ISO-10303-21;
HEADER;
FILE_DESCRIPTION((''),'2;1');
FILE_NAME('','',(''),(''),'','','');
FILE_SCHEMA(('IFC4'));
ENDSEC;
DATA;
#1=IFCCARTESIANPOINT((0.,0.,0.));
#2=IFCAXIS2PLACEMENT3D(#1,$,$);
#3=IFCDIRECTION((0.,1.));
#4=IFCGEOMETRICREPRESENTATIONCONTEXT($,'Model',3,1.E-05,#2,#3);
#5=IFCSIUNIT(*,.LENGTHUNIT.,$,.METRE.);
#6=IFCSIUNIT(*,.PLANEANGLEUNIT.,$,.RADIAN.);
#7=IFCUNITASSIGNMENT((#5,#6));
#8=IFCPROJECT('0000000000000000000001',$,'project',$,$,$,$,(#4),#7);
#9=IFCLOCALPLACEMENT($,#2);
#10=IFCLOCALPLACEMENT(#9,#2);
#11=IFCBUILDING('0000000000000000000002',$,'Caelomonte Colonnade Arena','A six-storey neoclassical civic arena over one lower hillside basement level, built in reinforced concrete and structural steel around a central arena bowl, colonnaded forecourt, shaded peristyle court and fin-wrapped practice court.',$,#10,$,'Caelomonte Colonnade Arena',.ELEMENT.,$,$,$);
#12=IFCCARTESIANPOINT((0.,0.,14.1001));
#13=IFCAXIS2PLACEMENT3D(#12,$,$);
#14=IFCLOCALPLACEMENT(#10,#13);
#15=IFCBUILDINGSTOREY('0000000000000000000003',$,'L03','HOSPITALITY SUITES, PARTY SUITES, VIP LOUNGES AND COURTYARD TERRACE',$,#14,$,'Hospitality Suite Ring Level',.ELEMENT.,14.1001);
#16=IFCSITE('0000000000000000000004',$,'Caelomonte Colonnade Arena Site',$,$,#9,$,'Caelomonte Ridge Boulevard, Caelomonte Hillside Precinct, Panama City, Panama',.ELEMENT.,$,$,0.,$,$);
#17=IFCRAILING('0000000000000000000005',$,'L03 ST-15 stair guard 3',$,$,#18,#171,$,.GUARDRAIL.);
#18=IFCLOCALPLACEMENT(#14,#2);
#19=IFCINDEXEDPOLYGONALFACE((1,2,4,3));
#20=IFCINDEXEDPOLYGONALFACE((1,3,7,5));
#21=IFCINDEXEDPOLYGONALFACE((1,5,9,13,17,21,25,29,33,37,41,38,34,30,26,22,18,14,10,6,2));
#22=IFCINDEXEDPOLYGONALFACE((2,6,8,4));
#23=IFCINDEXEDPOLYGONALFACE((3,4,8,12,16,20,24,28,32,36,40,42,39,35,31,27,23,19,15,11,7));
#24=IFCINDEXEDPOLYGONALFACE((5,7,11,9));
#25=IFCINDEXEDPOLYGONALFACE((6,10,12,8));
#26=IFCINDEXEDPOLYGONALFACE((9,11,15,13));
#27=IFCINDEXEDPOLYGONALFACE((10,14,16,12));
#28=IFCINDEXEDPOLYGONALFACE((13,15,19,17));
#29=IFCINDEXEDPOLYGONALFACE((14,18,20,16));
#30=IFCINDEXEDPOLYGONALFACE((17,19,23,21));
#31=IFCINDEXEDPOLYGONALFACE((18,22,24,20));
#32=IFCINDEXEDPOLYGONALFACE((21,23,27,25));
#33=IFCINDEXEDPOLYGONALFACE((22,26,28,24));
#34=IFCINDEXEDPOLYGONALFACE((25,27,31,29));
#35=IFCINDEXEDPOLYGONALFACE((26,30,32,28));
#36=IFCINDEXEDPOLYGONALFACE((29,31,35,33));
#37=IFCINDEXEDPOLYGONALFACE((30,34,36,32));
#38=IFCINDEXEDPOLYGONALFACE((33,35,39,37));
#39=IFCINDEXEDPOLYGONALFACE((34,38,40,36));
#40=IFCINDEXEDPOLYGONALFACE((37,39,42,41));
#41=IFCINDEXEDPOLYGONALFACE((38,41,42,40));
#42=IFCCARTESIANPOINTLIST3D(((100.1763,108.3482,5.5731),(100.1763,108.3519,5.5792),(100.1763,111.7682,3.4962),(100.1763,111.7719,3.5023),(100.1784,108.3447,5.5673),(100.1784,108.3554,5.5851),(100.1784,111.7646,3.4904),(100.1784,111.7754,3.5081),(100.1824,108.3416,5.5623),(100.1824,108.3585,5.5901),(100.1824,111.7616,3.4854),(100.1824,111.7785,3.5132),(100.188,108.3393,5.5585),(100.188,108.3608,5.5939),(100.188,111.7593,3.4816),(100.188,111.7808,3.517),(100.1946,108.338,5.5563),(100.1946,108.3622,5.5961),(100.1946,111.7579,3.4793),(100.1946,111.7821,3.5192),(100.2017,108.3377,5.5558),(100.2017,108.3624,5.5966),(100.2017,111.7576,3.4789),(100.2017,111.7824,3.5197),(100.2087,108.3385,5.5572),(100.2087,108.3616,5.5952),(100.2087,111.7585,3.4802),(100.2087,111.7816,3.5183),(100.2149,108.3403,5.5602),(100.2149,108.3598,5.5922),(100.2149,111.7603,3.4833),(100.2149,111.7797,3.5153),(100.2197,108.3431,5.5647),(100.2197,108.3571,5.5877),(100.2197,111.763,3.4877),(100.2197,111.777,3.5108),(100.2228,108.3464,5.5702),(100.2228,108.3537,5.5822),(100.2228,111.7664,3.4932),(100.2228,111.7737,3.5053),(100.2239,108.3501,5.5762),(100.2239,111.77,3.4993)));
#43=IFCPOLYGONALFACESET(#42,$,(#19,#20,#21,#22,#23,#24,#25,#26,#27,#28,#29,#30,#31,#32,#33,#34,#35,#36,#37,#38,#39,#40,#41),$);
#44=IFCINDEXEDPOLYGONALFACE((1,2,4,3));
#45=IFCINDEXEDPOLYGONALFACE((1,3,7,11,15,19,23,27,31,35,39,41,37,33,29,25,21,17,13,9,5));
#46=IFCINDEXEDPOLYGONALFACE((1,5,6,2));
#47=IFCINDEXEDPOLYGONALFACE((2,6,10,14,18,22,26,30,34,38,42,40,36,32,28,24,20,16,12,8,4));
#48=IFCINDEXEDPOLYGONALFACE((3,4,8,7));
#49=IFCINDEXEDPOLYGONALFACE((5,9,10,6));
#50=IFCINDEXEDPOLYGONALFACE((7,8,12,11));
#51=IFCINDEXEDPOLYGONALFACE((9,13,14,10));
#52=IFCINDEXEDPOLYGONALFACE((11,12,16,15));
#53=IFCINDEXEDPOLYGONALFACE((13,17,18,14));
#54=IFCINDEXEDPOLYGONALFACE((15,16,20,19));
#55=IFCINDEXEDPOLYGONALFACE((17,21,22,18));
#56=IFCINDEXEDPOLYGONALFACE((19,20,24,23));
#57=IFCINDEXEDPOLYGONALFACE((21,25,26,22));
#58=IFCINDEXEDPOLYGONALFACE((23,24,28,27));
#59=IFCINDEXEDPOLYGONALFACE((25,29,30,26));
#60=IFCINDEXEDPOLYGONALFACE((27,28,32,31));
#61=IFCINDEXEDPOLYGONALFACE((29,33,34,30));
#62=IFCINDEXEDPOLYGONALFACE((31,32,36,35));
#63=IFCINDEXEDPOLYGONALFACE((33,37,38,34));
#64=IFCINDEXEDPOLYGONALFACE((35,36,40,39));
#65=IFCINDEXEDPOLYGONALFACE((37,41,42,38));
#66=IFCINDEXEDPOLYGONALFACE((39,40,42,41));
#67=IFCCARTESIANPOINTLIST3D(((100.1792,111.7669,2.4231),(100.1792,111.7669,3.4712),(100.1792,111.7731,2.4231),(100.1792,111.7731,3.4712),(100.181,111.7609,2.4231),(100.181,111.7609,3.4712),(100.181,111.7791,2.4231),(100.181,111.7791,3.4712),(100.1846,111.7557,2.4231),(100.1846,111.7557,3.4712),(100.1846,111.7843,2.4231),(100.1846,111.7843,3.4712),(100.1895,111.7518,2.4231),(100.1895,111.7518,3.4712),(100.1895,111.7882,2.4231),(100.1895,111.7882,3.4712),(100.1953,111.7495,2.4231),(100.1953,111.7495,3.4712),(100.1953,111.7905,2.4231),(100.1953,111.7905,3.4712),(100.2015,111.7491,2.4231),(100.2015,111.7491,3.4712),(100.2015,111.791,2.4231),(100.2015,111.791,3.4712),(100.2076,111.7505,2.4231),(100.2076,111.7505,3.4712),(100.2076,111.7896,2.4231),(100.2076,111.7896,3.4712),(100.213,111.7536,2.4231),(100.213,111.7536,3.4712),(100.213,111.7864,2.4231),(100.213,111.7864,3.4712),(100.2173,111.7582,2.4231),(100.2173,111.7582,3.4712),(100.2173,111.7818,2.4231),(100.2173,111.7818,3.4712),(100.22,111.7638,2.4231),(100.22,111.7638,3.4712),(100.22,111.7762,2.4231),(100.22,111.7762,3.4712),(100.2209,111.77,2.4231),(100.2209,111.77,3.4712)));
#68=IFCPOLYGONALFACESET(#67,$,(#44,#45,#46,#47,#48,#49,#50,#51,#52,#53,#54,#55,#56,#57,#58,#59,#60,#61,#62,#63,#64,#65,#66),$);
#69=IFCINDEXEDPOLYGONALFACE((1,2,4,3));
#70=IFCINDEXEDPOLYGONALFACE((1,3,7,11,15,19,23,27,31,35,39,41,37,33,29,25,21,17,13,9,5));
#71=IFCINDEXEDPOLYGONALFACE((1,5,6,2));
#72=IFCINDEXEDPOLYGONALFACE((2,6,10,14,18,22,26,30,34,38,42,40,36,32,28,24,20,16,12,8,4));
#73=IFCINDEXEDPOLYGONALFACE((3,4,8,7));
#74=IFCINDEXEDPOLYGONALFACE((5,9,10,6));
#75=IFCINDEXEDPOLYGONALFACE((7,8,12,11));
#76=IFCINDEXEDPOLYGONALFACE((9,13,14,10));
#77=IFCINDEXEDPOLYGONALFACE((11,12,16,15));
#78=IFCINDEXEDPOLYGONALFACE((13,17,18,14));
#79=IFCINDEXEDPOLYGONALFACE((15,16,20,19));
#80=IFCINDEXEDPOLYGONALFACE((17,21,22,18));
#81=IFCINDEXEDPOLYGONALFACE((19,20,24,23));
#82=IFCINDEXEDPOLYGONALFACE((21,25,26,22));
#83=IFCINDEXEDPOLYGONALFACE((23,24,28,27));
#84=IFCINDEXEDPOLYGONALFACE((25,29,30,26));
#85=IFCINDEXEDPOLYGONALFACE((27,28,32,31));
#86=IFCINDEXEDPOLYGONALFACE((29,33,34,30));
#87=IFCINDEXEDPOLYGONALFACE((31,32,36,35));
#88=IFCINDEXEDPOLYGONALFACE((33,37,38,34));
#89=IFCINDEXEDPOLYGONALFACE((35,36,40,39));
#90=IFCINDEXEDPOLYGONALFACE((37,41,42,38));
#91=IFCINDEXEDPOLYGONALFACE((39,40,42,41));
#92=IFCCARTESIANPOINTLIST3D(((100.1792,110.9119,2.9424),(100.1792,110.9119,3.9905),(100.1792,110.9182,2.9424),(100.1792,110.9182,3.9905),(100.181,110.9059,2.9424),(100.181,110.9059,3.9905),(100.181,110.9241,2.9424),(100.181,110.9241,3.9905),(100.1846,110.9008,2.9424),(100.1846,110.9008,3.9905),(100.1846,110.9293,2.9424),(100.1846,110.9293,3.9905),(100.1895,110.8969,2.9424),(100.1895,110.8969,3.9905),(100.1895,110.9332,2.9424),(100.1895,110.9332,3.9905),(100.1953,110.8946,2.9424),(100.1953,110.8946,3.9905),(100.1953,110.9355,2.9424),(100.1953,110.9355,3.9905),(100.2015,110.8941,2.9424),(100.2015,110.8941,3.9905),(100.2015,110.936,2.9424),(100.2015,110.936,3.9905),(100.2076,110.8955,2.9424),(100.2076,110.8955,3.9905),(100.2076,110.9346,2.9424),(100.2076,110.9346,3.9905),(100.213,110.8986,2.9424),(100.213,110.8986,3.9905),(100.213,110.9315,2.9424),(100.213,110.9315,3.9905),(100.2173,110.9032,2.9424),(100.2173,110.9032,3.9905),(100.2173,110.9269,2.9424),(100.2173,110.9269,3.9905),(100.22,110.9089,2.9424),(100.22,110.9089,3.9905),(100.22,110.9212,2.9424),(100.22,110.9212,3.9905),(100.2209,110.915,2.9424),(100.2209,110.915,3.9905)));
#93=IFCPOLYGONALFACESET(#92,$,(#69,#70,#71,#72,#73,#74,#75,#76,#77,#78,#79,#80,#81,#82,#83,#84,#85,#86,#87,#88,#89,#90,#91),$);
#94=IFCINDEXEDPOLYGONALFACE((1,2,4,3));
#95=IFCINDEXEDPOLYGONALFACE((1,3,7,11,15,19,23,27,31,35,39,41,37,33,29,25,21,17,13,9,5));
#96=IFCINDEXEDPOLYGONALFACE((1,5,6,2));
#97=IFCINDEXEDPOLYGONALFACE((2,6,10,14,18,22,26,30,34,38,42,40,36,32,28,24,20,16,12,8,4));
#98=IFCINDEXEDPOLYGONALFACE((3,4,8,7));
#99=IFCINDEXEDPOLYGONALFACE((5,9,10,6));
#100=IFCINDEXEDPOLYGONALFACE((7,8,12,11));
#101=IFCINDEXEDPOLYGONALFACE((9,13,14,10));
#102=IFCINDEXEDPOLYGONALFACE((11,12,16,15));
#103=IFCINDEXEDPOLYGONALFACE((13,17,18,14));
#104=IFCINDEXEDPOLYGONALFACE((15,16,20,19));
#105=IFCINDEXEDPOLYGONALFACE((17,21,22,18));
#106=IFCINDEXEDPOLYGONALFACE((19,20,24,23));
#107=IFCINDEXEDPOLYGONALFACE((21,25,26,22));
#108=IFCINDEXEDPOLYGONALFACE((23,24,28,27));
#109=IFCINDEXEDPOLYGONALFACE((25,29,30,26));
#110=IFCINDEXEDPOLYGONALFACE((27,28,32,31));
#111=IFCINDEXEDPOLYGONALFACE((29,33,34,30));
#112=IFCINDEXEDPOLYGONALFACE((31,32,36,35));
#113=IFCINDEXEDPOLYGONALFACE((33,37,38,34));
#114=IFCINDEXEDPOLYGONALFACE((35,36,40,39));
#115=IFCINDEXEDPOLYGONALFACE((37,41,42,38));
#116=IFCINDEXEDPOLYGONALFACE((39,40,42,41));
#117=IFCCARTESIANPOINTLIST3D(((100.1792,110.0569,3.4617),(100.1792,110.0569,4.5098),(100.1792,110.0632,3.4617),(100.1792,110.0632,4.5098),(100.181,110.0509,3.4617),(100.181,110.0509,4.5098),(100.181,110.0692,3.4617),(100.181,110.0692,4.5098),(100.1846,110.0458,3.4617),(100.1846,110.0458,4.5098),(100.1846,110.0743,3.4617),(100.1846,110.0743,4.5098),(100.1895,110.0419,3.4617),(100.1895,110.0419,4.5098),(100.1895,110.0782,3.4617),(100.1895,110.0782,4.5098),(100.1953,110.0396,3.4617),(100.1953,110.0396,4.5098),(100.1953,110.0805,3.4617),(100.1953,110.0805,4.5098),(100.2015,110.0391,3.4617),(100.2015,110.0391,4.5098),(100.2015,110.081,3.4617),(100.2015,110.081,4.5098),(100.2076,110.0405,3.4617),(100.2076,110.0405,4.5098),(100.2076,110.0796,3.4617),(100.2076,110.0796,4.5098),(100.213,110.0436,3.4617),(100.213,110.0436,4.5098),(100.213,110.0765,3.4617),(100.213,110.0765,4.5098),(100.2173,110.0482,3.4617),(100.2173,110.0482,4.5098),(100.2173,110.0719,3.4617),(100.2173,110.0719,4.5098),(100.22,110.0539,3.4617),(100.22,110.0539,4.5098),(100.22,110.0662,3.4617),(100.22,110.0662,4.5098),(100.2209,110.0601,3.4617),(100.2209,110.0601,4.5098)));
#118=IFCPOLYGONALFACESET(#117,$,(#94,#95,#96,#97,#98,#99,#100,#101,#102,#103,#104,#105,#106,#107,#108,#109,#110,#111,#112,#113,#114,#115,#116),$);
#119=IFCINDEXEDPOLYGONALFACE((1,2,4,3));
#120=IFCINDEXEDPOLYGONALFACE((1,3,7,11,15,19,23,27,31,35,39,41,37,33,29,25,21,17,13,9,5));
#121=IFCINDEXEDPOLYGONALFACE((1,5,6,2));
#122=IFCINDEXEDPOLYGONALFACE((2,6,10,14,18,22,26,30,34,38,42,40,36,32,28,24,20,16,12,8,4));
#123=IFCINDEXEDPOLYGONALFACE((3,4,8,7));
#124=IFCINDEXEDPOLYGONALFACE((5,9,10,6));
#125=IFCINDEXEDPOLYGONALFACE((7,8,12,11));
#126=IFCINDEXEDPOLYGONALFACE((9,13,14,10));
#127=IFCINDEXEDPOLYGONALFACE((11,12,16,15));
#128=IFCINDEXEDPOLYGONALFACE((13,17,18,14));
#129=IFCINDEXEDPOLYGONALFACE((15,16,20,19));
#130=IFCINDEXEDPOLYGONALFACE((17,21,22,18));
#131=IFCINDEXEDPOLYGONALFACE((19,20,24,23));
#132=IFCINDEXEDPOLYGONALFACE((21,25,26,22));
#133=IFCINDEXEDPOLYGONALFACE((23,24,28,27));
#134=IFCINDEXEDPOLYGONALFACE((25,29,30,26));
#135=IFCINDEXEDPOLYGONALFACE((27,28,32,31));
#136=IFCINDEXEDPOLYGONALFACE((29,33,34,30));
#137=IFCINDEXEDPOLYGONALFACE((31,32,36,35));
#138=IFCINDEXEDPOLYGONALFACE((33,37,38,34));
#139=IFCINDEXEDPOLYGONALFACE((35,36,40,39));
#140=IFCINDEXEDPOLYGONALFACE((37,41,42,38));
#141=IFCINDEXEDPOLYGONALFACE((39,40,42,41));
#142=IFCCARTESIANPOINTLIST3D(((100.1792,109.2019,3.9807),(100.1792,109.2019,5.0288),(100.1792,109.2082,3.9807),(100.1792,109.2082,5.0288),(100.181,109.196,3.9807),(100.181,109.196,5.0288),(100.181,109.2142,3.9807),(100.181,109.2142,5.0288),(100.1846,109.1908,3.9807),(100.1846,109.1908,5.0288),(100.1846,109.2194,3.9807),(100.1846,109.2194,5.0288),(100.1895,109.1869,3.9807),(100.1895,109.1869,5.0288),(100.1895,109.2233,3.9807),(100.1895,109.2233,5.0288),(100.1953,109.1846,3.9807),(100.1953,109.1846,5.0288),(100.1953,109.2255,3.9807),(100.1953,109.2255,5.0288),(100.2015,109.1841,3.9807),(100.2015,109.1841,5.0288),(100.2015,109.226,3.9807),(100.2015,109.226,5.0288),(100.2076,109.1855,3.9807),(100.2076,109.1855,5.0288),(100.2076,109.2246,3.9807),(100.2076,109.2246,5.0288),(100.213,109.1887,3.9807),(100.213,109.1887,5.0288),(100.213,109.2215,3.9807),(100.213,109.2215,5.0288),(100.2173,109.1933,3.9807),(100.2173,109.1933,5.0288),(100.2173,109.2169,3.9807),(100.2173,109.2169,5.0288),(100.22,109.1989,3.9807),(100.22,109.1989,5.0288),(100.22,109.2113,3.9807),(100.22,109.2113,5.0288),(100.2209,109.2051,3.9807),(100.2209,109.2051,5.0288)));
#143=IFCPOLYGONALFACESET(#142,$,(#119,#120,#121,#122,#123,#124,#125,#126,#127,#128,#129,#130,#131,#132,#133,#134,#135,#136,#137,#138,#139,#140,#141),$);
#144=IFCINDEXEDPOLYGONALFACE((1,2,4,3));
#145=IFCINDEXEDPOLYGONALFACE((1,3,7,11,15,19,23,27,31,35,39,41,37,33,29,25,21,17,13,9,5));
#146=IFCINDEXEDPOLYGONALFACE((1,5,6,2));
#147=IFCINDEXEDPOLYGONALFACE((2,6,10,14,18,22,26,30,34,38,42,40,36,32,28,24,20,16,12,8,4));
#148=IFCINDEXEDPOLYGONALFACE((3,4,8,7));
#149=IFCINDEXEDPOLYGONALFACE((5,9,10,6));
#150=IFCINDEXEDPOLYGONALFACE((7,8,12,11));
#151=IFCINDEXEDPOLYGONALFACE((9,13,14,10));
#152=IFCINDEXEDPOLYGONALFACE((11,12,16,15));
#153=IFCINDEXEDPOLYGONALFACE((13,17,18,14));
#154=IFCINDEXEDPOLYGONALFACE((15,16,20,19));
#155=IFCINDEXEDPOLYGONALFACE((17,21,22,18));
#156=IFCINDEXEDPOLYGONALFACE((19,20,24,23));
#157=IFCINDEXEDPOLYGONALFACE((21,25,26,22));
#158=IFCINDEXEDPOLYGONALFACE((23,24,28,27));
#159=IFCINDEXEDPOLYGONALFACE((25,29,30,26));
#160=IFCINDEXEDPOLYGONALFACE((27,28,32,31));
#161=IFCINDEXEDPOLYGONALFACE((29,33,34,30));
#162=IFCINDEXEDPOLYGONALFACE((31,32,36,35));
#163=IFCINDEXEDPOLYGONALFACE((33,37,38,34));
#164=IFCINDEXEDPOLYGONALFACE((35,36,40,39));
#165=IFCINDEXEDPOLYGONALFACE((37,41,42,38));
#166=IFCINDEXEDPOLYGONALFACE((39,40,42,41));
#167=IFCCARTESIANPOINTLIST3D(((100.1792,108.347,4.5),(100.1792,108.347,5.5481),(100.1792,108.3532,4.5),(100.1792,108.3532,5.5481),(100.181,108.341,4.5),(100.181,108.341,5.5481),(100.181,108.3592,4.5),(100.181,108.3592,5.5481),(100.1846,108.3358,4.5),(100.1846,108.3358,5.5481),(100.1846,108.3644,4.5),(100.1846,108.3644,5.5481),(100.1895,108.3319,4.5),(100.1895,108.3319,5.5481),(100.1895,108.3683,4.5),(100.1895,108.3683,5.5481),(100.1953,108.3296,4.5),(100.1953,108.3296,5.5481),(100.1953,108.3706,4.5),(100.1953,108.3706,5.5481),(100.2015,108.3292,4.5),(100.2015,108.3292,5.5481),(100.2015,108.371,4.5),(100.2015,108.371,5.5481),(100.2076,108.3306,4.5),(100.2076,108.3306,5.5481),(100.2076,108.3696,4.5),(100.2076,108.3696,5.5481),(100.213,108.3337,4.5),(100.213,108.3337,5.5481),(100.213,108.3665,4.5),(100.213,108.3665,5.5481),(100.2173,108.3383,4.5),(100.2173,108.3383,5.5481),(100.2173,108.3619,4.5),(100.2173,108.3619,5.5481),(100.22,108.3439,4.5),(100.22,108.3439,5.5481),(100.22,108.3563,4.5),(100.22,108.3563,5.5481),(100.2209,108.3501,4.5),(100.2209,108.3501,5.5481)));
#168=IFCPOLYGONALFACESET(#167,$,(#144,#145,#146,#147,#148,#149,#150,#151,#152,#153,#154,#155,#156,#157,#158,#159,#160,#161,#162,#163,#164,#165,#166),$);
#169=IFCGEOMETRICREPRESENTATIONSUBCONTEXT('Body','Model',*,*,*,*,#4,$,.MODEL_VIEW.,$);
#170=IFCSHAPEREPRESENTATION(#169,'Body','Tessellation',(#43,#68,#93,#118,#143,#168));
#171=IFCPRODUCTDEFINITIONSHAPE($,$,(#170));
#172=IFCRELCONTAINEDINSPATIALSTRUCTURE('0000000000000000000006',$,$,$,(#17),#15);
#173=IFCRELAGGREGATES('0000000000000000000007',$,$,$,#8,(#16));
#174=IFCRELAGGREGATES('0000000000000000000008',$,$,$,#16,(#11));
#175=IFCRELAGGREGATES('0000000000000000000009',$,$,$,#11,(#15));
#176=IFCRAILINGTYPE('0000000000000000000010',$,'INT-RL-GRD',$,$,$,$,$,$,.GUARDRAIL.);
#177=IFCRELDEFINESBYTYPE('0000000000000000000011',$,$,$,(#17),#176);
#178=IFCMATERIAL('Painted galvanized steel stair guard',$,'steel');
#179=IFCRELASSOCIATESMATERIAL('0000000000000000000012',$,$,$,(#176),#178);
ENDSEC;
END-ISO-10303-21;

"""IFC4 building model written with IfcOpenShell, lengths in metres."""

from ifc_helpers import new_model, si_unit, direction, frame, origin, origin_2d, place, context, subcontext, project, spatial, circle, extrude, material, type_object, element, save


model = new_model("IFC4")

# Units and contexts
model_context = context("Model", 3, precision=1e-05, world=origin(), true_north=direction((0.0, 1.0)))
body_context = subcontext(model_context, "Body", "Model", "MODEL_VIEW")
ifc_project = project(units=[si_unit("LENGTHUNIT", "METRE"), si_unit("PLANEANGLEUNIT", "RADIAN")], contexts=[model_context])

# Site, building, storey
site_placement = place(None, origin())
site = spatial("IfcSite", under=ifc_project, at=site_placement, Name="Caelomonte Colonnade Arena Site", LongName="Caelomonte Ridge Boulevard, Caelomonte Hillside Precinct, Panama City, Panama", CompositionType="ELEMENT", RefElevation=0.0)
building_placement = place(site_placement, origin())
building = spatial("IfcBuilding", under=site, at=building_placement, Name="Caelomonte Colonnade Arena", Description="A six-storey neoclassical civic arena over one lower hillside basement level, built in reinforced concrete and structural steel around a central arena bowl, colonnaded forecourt, shaded peristyle court and fin-wrapped practice court.", LongName="Caelomonte Colonnade Arena", CompositionType="ELEMENT")
storey_placement = place(building_placement, frame((0.0, 0.0, 14.1001)))
storey = spatial("IfcBuildingStorey", under=building, at=storey_placement, Name="L03", Description="HOSPITALITY SUITES, PARTY SUITES, VIP LOUNGES AND COURTYARD TERRACE", LongName="Hospitality Suite Ring Level", CompositionType="ELEMENT", Elevation=14.1001)

# Railing
ifc_material_1 = material(Name="Painted galvanized steel stair guard", Category="steel")
railing_type_1 = type_object("IfcRailingType", Name="INT-RL-GRD", PredefinedType="GUARDRAIL", material=ifc_material_1)
railing_1_placement = place(storey_placement, frame((100.2, 111.77, 2.4231)))
element("IfcRailing", 1, at=railing_1_placement, inside=storey, type_object=railing_type_1, Name="L03 ST-15 stair guard 3", PredefinedType="GUARDRAIL", context=body_context, shape_type="SweptSolid", body=[
    extrude(circle(Radius=0.0239, at=origin_2d()), frame((0.0, 0.0, 1.0762), z_axis=(0.0, -0.85473, 0.519074), x_axis=(1.0, 0.0, 0.0)), (0.0, 0.0, 1.0), 4.0012),
    extrude(circle(Radius=0.021, at=origin_2d()), origin(), (0.0, 0.0, 1.0), 1.0481),
    extrude(circle(Radius=0.021, at=origin_2d()), frame((0.0, -0.855, 0.5193)), (0.0, 0.0, 1.0), 1.0481),
    extrude(circle(Radius=0.021, at=origin_2d()), frame((0.0, -1.71, 1.0386)), (0.0, 0.0, 1.0), 1.0481),
    extrude(circle(Radius=0.021, at=origin_2d()), frame((0.0, -2.5649, 1.5576)), (0.0, 0.0, 1.0), 1.0481),
    extrude(circle(Radius=0.021, at=origin_2d()), frame((0.0, -3.4199, 2.0769)), (0.0, 0.0, 1.0), 1.0481),
])

save(model, "model.ifc")
